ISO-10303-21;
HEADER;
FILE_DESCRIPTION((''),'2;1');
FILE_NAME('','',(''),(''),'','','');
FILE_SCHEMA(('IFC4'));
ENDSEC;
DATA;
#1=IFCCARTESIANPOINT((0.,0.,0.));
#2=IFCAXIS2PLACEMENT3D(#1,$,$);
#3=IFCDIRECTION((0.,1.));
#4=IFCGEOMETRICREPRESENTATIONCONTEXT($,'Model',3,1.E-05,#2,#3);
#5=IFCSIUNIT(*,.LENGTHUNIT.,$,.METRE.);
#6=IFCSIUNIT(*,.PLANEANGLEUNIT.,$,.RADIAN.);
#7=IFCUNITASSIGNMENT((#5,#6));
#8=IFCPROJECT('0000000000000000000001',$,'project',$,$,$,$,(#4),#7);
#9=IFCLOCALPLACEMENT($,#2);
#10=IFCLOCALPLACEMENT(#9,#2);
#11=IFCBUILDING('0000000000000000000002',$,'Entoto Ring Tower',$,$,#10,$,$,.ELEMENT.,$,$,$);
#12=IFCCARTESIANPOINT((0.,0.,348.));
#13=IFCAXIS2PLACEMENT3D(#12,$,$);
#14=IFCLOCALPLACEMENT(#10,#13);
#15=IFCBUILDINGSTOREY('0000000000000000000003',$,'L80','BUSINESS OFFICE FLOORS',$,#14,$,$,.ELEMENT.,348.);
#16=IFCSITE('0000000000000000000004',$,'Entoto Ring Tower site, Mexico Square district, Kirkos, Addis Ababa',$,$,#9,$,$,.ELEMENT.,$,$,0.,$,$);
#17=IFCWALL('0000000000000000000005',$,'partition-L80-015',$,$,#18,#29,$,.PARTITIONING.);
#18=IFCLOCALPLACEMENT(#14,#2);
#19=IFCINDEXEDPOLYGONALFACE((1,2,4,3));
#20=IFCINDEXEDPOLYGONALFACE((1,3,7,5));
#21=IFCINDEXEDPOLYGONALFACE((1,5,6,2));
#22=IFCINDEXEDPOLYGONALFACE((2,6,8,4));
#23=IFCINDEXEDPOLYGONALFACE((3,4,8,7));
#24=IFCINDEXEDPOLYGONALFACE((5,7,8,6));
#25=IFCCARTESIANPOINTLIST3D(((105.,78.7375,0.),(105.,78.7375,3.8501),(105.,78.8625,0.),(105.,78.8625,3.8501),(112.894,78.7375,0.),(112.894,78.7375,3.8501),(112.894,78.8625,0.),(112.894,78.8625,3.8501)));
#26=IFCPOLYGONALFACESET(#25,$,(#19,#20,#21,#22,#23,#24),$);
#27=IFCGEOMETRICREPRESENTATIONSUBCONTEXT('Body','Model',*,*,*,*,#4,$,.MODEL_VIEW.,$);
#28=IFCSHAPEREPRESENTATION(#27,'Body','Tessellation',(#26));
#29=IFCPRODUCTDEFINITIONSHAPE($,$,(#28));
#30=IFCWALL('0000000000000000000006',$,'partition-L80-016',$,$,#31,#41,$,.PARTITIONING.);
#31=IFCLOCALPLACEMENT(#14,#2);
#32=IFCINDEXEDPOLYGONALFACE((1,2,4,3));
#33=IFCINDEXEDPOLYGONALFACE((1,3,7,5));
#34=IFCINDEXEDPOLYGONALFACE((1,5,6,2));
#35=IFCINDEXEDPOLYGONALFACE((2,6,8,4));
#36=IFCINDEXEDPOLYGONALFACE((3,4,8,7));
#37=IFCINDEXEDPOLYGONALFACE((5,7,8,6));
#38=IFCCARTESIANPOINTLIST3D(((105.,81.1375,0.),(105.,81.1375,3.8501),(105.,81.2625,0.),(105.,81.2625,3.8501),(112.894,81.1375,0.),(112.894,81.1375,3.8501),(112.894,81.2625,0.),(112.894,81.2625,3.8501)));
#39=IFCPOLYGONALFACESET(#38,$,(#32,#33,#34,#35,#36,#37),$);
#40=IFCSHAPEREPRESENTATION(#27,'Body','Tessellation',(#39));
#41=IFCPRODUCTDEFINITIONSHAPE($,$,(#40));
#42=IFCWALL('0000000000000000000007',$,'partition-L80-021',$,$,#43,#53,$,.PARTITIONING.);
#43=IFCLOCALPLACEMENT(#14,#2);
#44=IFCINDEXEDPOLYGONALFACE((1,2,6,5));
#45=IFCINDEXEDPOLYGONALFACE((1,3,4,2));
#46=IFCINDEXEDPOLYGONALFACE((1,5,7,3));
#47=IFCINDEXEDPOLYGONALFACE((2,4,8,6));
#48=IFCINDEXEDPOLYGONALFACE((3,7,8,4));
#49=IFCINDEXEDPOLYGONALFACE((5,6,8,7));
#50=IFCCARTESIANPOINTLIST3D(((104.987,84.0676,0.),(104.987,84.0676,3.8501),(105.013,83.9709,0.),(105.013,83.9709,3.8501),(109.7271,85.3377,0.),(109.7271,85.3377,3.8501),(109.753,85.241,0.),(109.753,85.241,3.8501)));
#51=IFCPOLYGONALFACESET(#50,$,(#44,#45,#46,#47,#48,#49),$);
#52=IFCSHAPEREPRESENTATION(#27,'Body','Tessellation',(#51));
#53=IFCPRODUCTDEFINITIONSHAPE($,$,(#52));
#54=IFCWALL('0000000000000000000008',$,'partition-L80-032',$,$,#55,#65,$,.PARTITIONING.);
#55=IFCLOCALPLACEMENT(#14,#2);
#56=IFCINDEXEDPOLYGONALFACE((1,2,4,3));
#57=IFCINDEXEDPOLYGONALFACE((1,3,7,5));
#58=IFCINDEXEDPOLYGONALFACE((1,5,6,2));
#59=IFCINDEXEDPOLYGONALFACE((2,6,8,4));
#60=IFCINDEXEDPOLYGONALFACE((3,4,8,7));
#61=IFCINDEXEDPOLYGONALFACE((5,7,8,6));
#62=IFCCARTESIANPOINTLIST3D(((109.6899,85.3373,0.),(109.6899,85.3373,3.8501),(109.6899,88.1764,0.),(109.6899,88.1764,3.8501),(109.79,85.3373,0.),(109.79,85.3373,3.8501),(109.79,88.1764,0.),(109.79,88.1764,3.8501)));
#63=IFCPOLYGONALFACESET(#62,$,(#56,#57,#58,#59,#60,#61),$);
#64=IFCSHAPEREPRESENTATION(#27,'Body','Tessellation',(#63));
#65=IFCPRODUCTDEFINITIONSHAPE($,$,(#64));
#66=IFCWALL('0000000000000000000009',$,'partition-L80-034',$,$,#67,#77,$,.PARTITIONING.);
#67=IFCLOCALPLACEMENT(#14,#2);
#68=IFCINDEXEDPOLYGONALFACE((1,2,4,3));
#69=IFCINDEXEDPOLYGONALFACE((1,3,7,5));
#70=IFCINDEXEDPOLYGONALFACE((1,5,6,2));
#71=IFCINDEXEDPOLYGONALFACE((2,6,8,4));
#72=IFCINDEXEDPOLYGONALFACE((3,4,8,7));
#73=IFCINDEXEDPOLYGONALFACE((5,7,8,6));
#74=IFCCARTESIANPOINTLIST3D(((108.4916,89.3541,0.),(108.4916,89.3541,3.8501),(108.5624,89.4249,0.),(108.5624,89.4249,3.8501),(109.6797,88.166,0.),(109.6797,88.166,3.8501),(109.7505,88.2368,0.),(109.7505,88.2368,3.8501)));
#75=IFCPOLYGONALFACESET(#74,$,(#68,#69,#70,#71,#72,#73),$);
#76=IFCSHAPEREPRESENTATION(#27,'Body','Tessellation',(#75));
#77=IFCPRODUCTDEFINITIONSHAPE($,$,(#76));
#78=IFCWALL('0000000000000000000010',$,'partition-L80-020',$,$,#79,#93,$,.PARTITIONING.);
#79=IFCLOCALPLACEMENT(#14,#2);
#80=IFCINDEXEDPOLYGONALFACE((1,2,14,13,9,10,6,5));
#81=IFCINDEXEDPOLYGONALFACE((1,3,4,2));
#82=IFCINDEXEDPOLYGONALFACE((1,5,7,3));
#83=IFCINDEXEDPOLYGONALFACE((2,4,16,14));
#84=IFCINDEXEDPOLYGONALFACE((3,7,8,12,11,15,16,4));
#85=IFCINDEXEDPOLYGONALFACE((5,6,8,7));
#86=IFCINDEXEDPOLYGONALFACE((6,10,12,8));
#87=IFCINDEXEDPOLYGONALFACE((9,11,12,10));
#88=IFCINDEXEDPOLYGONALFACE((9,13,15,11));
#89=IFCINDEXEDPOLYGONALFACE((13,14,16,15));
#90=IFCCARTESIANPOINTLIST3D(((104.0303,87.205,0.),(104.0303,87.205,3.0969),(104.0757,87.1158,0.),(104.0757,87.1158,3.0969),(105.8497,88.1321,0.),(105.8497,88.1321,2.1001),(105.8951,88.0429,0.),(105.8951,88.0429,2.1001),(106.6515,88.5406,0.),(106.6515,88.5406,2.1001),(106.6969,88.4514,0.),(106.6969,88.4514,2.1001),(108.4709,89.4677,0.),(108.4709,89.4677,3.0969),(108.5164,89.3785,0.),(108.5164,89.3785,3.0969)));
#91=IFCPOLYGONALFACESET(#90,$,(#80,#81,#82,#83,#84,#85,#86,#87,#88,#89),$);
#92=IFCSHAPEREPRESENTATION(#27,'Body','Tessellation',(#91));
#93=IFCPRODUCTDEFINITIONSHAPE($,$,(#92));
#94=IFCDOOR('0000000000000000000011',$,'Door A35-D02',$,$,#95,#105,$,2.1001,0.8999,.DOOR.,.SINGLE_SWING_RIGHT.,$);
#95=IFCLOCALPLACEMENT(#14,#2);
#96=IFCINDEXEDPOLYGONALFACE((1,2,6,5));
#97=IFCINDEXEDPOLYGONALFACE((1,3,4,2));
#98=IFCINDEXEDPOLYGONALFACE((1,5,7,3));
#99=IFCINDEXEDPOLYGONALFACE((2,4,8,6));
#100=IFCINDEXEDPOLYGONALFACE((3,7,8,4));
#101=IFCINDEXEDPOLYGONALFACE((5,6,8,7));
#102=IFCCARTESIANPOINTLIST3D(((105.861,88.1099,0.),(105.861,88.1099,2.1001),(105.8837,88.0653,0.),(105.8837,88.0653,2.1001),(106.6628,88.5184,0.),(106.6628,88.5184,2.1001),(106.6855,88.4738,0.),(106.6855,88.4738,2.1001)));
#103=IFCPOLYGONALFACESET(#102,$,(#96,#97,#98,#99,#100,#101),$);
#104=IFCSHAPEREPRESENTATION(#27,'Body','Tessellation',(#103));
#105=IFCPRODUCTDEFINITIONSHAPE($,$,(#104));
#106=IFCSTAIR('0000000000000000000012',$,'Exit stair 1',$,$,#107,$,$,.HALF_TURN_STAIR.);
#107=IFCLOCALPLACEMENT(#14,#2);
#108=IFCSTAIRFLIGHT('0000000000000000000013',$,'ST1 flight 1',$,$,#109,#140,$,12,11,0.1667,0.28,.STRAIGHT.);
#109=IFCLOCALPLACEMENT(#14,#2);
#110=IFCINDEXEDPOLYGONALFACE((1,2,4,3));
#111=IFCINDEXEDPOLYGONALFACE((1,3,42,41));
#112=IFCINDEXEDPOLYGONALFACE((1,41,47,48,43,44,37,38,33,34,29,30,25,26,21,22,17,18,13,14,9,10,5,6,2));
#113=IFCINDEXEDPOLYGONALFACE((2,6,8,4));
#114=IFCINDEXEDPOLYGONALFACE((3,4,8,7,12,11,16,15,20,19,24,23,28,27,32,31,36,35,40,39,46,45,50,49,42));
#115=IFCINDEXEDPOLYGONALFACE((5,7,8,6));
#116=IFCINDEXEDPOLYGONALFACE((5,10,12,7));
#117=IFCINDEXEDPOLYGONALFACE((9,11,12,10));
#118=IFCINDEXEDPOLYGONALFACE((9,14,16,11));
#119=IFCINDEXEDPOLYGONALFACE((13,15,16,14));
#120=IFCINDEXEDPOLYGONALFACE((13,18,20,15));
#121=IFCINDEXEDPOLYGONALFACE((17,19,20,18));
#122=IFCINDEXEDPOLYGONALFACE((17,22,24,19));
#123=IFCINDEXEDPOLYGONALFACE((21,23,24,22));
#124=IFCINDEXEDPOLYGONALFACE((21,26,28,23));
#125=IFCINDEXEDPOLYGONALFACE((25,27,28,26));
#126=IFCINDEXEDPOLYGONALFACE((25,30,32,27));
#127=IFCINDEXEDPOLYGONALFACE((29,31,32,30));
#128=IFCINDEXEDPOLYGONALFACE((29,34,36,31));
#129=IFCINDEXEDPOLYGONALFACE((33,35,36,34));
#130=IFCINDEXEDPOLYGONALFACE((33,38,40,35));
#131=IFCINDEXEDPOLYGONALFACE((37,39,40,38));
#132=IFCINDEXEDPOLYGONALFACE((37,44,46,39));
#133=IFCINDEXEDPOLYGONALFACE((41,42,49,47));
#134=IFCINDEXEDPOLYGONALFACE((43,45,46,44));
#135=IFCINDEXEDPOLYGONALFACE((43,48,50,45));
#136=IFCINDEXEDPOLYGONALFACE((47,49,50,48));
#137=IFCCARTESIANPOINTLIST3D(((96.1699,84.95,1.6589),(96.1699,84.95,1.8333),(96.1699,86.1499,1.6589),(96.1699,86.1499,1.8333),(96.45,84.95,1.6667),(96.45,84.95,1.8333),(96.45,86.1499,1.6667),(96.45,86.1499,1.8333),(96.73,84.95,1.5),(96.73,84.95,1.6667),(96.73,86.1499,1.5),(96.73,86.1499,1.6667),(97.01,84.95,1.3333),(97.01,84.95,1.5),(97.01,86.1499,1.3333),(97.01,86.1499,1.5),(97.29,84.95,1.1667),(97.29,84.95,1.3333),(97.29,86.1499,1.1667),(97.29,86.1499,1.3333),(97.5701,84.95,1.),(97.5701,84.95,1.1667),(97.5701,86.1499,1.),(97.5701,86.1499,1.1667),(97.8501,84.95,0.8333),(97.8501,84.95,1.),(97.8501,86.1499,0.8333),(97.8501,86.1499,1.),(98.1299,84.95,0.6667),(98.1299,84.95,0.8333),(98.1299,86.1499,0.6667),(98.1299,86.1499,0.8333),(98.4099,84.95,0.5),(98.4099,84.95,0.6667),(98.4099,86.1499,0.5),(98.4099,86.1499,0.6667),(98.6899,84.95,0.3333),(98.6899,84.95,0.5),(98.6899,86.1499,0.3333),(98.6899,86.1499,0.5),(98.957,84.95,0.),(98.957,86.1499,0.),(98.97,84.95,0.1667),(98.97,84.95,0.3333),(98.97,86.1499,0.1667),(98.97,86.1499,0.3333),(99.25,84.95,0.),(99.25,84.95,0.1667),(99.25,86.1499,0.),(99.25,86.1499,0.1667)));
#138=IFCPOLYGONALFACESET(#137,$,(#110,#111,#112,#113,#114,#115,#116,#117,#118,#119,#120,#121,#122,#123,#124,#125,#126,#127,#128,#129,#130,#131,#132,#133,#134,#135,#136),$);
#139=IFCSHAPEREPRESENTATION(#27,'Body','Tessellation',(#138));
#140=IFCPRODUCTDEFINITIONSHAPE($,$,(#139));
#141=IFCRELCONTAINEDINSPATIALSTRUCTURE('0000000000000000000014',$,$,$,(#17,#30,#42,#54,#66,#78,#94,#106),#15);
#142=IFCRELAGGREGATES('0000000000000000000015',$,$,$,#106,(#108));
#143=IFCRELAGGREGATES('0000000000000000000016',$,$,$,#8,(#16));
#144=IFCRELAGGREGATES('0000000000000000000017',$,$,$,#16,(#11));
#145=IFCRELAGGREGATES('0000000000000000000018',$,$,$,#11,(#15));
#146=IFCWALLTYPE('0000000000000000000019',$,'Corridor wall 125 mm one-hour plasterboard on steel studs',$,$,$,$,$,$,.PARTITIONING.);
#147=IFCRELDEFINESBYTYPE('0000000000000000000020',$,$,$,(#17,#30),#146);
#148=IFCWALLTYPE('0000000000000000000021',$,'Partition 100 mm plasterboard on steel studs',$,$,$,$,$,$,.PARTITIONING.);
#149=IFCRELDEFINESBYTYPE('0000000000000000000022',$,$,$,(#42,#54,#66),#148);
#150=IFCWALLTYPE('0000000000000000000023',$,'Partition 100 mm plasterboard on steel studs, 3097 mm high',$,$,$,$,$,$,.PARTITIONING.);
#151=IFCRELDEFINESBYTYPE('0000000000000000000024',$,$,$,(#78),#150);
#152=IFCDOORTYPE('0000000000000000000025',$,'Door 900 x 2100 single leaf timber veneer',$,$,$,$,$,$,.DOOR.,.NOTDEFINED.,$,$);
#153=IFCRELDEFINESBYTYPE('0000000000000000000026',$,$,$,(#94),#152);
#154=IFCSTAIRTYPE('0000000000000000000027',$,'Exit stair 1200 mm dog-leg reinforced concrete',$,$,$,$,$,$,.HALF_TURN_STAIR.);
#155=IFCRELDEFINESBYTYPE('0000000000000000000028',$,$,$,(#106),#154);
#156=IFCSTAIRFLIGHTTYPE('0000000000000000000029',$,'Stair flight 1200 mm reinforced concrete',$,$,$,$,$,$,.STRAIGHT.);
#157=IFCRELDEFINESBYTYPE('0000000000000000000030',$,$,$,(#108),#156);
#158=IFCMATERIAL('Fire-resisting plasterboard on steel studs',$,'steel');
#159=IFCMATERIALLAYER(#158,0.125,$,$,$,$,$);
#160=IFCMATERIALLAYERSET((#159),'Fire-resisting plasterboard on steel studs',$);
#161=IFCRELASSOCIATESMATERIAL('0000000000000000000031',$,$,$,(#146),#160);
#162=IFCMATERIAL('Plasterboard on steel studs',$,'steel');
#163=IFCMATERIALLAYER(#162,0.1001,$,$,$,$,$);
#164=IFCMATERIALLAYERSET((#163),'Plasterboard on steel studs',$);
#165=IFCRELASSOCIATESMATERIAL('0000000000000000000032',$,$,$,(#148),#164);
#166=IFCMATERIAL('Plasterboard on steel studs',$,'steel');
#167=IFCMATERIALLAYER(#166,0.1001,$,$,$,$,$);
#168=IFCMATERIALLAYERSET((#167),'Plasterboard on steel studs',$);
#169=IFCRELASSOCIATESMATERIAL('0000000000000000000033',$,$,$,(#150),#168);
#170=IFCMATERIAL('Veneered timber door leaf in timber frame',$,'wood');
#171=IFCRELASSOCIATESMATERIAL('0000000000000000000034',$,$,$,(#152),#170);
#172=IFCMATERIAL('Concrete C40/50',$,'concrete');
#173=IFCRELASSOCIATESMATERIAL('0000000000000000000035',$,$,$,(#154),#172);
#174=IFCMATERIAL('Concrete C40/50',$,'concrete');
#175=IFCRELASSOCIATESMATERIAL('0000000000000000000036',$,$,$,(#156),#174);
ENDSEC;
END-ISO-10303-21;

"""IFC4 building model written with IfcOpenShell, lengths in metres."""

from ifc_helpers import new_model, si_unit, direction, frame, frame_2d, origin, place, context, subcontext, project, spatial, polyline, rectangle, outline, extrude, material, layer, layer_set, type_object, element, fill, aggregate, save


model = new_model("IFC4")

# Units and contexts
model_context = context("Model", 3, precision=1e-05, world=origin(), true_north=direction((0.0, 1.0)))
body_context = subcontext(model_context, "Body", "Model", "MODEL_VIEW")
ifc_project = project(units=[si_unit("LENGTHUNIT", "METRE"), si_unit("PLANEANGLEUNIT", "RADIAN")], contexts=[model_context])

# Site, building, storey
site_placement = place(None, origin())
site = spatial("IfcSite", under=ifc_project, at=site_placement, Name="Entoto Ring Tower site, Mexico Square district, Kirkos, Addis Ababa", CompositionType="ELEMENT", RefElevation=0.0)
building_placement = place(site_placement, origin())
building = spatial("IfcBuilding", under=site, at=building_placement, Name="Entoto Ring Tower", CompositionType="ELEMENT")
storey_placement = place(building_placement, frame((0.0, 0.0, 348.0)))
storey = spatial("IfcBuildingStorey", under=building, at=storey_placement, Name="L80", Description="BUSINESS OFFICE FLOORS", CompositionType="ELEMENT", Elevation=348.0)

# Shared definitions
ifc_material_1 = material(Name="Fire-resisting plasterboard on steel studs", Category="steel")
ifc_layer_1 = layer(ifc_material_1, 0.125)
ifc_layer_set_1 = layer_set([ifc_layer_1], Name="Fire-resisting plasterboard on steel studs")
wall_type_1 = type_object("IfcWallType", Name="Corridor wall 125 mm one-hour plasterboard on steel studs", PredefinedType="PARTITIONING", material=ifc_layer_set_1)

# Walls
for number, where, z_axis, x_axis, name in (
    (1, (105.0, 78.8, 0.0), (0.0, 0.0, 1.0), (1.0, 0.0, 0.0), "partition-L80-015"),
    (2, (105.0, 81.2, 0.0), (0.0, 0.0, 1.0), (1.0, 0.0, 0.0), "partition-L80-016"),
):
    element("IfcWall", number, at=place(storey_placement, frame(where, z_axis=z_axis, x_axis=x_axis)), inside=storey, type_object=wall_type_1, Name=name, PredefinedType="PARTITIONING", context=body_context, shape_type="SweptSolid", body=[
        extrude(rectangle(XDim=7.894, YDim=0.125, at=frame_2d((3.947, 0.0))), origin(), (0.0, 0.0, 1.0), 3.8501),
    ])
ifc_material_2 = material(Name="Plasterboard on steel studs", Category="steel")
ifc_layer_2 = layer(ifc_material_2, 0.1001)
ifc_layer_set_2 = layer_set([ifc_layer_2], Name="Plasterboard on steel studs")
wall_type_2 = type_object("IfcWallType", Name="Partition 100 mm plasterboard on steel studs", PredefinedType="PARTITIONING", material=ifc_layer_set_2)
wall_1_placement = place(storey_placement, frame((105.0, 84.0193, 0.0), z_axis=(0.0, 0.0, 1.0), x_axis=(0.965929, 0.258808, 0.0)))
element("IfcWall", 3, at=wall_1_placement, inside=storey, type_object=wall_type_2, Name="partition-L80-021", PredefinedType="PARTITIONING", context=body_context, shape_type="SweptSolid", body=[
    extrude(rectangle(XDim=4.9072, YDim=0.1001, at=frame_2d((2.4536, 0.0))), origin(), (0.0, 0.0, 1.0), 3.8501),
])
wall_2_placement = place(storey_placement, frame((109.74, 85.3374, 0.0), z_axis=(0.0, 0.0, 1.0), x_axis=(0.0, 1.0, 0.0)))
element("IfcWall", 4, at=wall_2_placement, inside=storey, type_object=wall_type_2, Name="partition-L80-032", PredefinedType="PARTITIONING", context=body_context, shape_type="SweptSolid", body=[
    extrude(rectangle(XDim=2.8391, YDim=0.1001, at=frame_2d((1.4194, 0.0))), origin(), (0.0, 0.0, 1.0), 3.8501),
])
wall_3_placement = place(storey_placement, frame((109.7151, 88.2014, 0.0), z_axis=(0.0, 0.0, 1.0), x_axis=(-0.707107, 0.707107, 0.0)))
element("IfcWall", 5, at=wall_3_placement, inside=storey, type_object=wall_type_2, Name="partition-L80-034", PredefinedType="PARTITIONING", context=body_context, shape_type="SweptSolid", body=[
    extrude(rectangle(XDim=1.6802, YDim=0.1001, at=frame_2d((0.8401, 0.0))), origin(), (0.0, 0.0, 1.0), 3.8501),
])

# Wall, opening, door
ifc_material_3 = material(Name="Plasterboard on steel studs", Category="steel")
ifc_layer_3 = layer(ifc_material_3, 0.1001)
ifc_layer_set_3 = layer_set([ifc_layer_3], Name="Plasterboard on steel studs")
wall_type_3 = type_object("IfcWallType", Name="Partition 100 mm plasterboard on steel studs, 3097 mm high", PredefinedType="PARTITIONING", material=ifc_layer_set_3)
wall_4_placement = place(storey_placement, frame((104.053, 87.1604, 0.0), z_axis=(0.0, 0.0, 1.0), x_axis=(0.891002, 0.454, 0.0)))
wall_4 = element("IfcWall", 6, at=wall_4_placement, inside=storey, type_object=wall_type_3, Name="partition-L80-020", PredefinedType="PARTITIONING", context=body_context, shape_type="SweptSolid", body=[
    extrude(rectangle(XDim=4.9839, YDim=0.1001, at=frame_2d((2.4919, 0.0))), origin(), (0.0, 0.0, 1.0), 3.0969),
])
opening_1_placement = place(wall_4_placement, frame((2.042, 0.0, 0.0)))
opening_1 = element("IfcOpeningElement", 7, at=opening_1_placement, cuts=wall_4, PredefinedType="OPENING", context=body_context, shape_type="SweptSolid", body=[
    extrude(rectangle(XDim=0.8999, YDim=2.1001, at=frame_2d((0.45, 1.05))), frame((0.0, 0.0601, 0.0), z_axis=(0.0, -1.0, 0.0), x_axis=(1.0, 0.0, 0.0)), (0.0, 0.0, 1.0), 0.1201),
])
ifc_material_4 = material(Name="Veneered timber door leaf in timber frame", Category="wood")
door_type_1 = type_object("IfcDoorType", Name="Door 900 x 2100 single leaf timber veneer", OperationType="NOTDEFINED", PredefinedType="DOOR", material=ifc_material_4)
door_1_placement = place(opening_1_placement, frame((0.8999, 0.0, 0.0), z_axis=(0.0, 0.0, 1.0), x_axis=(-1.0, 0.0, 0.0)))
door_1 = element("IfcDoor", 8, at=door_1_placement, inside=storey, type_object=door_type_1, Name="Door A35-D02", OperationType="SINGLE_SWING_RIGHT", OverallHeight=2.1001, OverallWidth=0.8999, PredefinedType="DOOR", context=body_context, shape_type="SweptSolid", body=[
    extrude(rectangle(XDim=0.8999, YDim=2.1001, at=frame_2d((0.45, 1.05))), frame((0.0, 0.0249, 0.0), z_axis=(0.0, -1.0, 0.0), x_axis=(1.0, 0.0, 0.0)), (0.0, 0.0, 1.0), 0.05),
])
fill(opening_1, door_1)

# Stair, stair flight
ifc_material_5 = material(Name="Concrete C40/50", Category="concrete")
stair_type = type_object("IfcStairType", Name="Exit stair 1200 mm dog-leg reinforced concrete", PredefinedType="HALF_TURN_STAIR", material=ifc_material_5)
stair_placement = place(storey_placement, origin())
stair = element("IfcStair", 9, at=stair_placement, inside=storey, type_object=stair_type, Name="Exit stair 1", PredefinedType="HALF_TURN_STAIR")
ifc_material_6 = material(Name="Concrete C40/50", Category="concrete")
stair_flight_type = type_object("IfcStairFlightType", Name="Stair flight 1200 mm reinforced concrete", PredefinedType="STRAIGHT", material=ifc_material_6)
stair_flight_placement = place(storey_placement, frame((99.25, 85.55, 0.0), z_axis=(0.0, 0.0, 1.0), x_axis=(-1.0, 0.0, 0.0)))
stair_flight = element("IfcStairFlight", 10, at=stair_flight_placement, type_object=stair_flight_type, Name="ST1 flight 1", NumberOfRisers=12, NumberOfTreads=11, PredefinedType="STRAIGHT", RiserHeight=0.1667, TreadLength=0.28, context=body_context, shape_type="SweptSolid", body=[
    extrude(outline(polyline([(0.0, 0.0), (0.0, 0.1667), (0.28, 0.1667), (0.28, 0.3333), (0.5601, 0.3333), (0.5601, 0.5), (0.8401, 0.5), (0.8401, 0.6667), (1.1201, 0.6667), (1.1201, 0.8333), (1.3999, 0.8333), (1.3999, 1.0), (1.6799, 1.0), (1.6799, 1.1667), (1.96, 1.1667), (1.96, 1.3333), (2.24, 1.3333), (2.24, 1.5), (2.52, 1.5), (2.52, 1.6667), (2.8, 1.6667), (2.8, 1.8333), (3.0801, 1.8333), (3.0801, 2.0), (3.0801, 1.6589), (0.293, 0.0), (0.0, 0.0)])), frame((0.0, 0.6001, 0.0), z_axis=(0.0, -1.0, 0.0), x_axis=(1.0, 0.0, 0.0)), (0.0, 0.0, 1.0), 1.2),
])
aggregate(stair, [stair_flight])

save(model, "model.ifc")
